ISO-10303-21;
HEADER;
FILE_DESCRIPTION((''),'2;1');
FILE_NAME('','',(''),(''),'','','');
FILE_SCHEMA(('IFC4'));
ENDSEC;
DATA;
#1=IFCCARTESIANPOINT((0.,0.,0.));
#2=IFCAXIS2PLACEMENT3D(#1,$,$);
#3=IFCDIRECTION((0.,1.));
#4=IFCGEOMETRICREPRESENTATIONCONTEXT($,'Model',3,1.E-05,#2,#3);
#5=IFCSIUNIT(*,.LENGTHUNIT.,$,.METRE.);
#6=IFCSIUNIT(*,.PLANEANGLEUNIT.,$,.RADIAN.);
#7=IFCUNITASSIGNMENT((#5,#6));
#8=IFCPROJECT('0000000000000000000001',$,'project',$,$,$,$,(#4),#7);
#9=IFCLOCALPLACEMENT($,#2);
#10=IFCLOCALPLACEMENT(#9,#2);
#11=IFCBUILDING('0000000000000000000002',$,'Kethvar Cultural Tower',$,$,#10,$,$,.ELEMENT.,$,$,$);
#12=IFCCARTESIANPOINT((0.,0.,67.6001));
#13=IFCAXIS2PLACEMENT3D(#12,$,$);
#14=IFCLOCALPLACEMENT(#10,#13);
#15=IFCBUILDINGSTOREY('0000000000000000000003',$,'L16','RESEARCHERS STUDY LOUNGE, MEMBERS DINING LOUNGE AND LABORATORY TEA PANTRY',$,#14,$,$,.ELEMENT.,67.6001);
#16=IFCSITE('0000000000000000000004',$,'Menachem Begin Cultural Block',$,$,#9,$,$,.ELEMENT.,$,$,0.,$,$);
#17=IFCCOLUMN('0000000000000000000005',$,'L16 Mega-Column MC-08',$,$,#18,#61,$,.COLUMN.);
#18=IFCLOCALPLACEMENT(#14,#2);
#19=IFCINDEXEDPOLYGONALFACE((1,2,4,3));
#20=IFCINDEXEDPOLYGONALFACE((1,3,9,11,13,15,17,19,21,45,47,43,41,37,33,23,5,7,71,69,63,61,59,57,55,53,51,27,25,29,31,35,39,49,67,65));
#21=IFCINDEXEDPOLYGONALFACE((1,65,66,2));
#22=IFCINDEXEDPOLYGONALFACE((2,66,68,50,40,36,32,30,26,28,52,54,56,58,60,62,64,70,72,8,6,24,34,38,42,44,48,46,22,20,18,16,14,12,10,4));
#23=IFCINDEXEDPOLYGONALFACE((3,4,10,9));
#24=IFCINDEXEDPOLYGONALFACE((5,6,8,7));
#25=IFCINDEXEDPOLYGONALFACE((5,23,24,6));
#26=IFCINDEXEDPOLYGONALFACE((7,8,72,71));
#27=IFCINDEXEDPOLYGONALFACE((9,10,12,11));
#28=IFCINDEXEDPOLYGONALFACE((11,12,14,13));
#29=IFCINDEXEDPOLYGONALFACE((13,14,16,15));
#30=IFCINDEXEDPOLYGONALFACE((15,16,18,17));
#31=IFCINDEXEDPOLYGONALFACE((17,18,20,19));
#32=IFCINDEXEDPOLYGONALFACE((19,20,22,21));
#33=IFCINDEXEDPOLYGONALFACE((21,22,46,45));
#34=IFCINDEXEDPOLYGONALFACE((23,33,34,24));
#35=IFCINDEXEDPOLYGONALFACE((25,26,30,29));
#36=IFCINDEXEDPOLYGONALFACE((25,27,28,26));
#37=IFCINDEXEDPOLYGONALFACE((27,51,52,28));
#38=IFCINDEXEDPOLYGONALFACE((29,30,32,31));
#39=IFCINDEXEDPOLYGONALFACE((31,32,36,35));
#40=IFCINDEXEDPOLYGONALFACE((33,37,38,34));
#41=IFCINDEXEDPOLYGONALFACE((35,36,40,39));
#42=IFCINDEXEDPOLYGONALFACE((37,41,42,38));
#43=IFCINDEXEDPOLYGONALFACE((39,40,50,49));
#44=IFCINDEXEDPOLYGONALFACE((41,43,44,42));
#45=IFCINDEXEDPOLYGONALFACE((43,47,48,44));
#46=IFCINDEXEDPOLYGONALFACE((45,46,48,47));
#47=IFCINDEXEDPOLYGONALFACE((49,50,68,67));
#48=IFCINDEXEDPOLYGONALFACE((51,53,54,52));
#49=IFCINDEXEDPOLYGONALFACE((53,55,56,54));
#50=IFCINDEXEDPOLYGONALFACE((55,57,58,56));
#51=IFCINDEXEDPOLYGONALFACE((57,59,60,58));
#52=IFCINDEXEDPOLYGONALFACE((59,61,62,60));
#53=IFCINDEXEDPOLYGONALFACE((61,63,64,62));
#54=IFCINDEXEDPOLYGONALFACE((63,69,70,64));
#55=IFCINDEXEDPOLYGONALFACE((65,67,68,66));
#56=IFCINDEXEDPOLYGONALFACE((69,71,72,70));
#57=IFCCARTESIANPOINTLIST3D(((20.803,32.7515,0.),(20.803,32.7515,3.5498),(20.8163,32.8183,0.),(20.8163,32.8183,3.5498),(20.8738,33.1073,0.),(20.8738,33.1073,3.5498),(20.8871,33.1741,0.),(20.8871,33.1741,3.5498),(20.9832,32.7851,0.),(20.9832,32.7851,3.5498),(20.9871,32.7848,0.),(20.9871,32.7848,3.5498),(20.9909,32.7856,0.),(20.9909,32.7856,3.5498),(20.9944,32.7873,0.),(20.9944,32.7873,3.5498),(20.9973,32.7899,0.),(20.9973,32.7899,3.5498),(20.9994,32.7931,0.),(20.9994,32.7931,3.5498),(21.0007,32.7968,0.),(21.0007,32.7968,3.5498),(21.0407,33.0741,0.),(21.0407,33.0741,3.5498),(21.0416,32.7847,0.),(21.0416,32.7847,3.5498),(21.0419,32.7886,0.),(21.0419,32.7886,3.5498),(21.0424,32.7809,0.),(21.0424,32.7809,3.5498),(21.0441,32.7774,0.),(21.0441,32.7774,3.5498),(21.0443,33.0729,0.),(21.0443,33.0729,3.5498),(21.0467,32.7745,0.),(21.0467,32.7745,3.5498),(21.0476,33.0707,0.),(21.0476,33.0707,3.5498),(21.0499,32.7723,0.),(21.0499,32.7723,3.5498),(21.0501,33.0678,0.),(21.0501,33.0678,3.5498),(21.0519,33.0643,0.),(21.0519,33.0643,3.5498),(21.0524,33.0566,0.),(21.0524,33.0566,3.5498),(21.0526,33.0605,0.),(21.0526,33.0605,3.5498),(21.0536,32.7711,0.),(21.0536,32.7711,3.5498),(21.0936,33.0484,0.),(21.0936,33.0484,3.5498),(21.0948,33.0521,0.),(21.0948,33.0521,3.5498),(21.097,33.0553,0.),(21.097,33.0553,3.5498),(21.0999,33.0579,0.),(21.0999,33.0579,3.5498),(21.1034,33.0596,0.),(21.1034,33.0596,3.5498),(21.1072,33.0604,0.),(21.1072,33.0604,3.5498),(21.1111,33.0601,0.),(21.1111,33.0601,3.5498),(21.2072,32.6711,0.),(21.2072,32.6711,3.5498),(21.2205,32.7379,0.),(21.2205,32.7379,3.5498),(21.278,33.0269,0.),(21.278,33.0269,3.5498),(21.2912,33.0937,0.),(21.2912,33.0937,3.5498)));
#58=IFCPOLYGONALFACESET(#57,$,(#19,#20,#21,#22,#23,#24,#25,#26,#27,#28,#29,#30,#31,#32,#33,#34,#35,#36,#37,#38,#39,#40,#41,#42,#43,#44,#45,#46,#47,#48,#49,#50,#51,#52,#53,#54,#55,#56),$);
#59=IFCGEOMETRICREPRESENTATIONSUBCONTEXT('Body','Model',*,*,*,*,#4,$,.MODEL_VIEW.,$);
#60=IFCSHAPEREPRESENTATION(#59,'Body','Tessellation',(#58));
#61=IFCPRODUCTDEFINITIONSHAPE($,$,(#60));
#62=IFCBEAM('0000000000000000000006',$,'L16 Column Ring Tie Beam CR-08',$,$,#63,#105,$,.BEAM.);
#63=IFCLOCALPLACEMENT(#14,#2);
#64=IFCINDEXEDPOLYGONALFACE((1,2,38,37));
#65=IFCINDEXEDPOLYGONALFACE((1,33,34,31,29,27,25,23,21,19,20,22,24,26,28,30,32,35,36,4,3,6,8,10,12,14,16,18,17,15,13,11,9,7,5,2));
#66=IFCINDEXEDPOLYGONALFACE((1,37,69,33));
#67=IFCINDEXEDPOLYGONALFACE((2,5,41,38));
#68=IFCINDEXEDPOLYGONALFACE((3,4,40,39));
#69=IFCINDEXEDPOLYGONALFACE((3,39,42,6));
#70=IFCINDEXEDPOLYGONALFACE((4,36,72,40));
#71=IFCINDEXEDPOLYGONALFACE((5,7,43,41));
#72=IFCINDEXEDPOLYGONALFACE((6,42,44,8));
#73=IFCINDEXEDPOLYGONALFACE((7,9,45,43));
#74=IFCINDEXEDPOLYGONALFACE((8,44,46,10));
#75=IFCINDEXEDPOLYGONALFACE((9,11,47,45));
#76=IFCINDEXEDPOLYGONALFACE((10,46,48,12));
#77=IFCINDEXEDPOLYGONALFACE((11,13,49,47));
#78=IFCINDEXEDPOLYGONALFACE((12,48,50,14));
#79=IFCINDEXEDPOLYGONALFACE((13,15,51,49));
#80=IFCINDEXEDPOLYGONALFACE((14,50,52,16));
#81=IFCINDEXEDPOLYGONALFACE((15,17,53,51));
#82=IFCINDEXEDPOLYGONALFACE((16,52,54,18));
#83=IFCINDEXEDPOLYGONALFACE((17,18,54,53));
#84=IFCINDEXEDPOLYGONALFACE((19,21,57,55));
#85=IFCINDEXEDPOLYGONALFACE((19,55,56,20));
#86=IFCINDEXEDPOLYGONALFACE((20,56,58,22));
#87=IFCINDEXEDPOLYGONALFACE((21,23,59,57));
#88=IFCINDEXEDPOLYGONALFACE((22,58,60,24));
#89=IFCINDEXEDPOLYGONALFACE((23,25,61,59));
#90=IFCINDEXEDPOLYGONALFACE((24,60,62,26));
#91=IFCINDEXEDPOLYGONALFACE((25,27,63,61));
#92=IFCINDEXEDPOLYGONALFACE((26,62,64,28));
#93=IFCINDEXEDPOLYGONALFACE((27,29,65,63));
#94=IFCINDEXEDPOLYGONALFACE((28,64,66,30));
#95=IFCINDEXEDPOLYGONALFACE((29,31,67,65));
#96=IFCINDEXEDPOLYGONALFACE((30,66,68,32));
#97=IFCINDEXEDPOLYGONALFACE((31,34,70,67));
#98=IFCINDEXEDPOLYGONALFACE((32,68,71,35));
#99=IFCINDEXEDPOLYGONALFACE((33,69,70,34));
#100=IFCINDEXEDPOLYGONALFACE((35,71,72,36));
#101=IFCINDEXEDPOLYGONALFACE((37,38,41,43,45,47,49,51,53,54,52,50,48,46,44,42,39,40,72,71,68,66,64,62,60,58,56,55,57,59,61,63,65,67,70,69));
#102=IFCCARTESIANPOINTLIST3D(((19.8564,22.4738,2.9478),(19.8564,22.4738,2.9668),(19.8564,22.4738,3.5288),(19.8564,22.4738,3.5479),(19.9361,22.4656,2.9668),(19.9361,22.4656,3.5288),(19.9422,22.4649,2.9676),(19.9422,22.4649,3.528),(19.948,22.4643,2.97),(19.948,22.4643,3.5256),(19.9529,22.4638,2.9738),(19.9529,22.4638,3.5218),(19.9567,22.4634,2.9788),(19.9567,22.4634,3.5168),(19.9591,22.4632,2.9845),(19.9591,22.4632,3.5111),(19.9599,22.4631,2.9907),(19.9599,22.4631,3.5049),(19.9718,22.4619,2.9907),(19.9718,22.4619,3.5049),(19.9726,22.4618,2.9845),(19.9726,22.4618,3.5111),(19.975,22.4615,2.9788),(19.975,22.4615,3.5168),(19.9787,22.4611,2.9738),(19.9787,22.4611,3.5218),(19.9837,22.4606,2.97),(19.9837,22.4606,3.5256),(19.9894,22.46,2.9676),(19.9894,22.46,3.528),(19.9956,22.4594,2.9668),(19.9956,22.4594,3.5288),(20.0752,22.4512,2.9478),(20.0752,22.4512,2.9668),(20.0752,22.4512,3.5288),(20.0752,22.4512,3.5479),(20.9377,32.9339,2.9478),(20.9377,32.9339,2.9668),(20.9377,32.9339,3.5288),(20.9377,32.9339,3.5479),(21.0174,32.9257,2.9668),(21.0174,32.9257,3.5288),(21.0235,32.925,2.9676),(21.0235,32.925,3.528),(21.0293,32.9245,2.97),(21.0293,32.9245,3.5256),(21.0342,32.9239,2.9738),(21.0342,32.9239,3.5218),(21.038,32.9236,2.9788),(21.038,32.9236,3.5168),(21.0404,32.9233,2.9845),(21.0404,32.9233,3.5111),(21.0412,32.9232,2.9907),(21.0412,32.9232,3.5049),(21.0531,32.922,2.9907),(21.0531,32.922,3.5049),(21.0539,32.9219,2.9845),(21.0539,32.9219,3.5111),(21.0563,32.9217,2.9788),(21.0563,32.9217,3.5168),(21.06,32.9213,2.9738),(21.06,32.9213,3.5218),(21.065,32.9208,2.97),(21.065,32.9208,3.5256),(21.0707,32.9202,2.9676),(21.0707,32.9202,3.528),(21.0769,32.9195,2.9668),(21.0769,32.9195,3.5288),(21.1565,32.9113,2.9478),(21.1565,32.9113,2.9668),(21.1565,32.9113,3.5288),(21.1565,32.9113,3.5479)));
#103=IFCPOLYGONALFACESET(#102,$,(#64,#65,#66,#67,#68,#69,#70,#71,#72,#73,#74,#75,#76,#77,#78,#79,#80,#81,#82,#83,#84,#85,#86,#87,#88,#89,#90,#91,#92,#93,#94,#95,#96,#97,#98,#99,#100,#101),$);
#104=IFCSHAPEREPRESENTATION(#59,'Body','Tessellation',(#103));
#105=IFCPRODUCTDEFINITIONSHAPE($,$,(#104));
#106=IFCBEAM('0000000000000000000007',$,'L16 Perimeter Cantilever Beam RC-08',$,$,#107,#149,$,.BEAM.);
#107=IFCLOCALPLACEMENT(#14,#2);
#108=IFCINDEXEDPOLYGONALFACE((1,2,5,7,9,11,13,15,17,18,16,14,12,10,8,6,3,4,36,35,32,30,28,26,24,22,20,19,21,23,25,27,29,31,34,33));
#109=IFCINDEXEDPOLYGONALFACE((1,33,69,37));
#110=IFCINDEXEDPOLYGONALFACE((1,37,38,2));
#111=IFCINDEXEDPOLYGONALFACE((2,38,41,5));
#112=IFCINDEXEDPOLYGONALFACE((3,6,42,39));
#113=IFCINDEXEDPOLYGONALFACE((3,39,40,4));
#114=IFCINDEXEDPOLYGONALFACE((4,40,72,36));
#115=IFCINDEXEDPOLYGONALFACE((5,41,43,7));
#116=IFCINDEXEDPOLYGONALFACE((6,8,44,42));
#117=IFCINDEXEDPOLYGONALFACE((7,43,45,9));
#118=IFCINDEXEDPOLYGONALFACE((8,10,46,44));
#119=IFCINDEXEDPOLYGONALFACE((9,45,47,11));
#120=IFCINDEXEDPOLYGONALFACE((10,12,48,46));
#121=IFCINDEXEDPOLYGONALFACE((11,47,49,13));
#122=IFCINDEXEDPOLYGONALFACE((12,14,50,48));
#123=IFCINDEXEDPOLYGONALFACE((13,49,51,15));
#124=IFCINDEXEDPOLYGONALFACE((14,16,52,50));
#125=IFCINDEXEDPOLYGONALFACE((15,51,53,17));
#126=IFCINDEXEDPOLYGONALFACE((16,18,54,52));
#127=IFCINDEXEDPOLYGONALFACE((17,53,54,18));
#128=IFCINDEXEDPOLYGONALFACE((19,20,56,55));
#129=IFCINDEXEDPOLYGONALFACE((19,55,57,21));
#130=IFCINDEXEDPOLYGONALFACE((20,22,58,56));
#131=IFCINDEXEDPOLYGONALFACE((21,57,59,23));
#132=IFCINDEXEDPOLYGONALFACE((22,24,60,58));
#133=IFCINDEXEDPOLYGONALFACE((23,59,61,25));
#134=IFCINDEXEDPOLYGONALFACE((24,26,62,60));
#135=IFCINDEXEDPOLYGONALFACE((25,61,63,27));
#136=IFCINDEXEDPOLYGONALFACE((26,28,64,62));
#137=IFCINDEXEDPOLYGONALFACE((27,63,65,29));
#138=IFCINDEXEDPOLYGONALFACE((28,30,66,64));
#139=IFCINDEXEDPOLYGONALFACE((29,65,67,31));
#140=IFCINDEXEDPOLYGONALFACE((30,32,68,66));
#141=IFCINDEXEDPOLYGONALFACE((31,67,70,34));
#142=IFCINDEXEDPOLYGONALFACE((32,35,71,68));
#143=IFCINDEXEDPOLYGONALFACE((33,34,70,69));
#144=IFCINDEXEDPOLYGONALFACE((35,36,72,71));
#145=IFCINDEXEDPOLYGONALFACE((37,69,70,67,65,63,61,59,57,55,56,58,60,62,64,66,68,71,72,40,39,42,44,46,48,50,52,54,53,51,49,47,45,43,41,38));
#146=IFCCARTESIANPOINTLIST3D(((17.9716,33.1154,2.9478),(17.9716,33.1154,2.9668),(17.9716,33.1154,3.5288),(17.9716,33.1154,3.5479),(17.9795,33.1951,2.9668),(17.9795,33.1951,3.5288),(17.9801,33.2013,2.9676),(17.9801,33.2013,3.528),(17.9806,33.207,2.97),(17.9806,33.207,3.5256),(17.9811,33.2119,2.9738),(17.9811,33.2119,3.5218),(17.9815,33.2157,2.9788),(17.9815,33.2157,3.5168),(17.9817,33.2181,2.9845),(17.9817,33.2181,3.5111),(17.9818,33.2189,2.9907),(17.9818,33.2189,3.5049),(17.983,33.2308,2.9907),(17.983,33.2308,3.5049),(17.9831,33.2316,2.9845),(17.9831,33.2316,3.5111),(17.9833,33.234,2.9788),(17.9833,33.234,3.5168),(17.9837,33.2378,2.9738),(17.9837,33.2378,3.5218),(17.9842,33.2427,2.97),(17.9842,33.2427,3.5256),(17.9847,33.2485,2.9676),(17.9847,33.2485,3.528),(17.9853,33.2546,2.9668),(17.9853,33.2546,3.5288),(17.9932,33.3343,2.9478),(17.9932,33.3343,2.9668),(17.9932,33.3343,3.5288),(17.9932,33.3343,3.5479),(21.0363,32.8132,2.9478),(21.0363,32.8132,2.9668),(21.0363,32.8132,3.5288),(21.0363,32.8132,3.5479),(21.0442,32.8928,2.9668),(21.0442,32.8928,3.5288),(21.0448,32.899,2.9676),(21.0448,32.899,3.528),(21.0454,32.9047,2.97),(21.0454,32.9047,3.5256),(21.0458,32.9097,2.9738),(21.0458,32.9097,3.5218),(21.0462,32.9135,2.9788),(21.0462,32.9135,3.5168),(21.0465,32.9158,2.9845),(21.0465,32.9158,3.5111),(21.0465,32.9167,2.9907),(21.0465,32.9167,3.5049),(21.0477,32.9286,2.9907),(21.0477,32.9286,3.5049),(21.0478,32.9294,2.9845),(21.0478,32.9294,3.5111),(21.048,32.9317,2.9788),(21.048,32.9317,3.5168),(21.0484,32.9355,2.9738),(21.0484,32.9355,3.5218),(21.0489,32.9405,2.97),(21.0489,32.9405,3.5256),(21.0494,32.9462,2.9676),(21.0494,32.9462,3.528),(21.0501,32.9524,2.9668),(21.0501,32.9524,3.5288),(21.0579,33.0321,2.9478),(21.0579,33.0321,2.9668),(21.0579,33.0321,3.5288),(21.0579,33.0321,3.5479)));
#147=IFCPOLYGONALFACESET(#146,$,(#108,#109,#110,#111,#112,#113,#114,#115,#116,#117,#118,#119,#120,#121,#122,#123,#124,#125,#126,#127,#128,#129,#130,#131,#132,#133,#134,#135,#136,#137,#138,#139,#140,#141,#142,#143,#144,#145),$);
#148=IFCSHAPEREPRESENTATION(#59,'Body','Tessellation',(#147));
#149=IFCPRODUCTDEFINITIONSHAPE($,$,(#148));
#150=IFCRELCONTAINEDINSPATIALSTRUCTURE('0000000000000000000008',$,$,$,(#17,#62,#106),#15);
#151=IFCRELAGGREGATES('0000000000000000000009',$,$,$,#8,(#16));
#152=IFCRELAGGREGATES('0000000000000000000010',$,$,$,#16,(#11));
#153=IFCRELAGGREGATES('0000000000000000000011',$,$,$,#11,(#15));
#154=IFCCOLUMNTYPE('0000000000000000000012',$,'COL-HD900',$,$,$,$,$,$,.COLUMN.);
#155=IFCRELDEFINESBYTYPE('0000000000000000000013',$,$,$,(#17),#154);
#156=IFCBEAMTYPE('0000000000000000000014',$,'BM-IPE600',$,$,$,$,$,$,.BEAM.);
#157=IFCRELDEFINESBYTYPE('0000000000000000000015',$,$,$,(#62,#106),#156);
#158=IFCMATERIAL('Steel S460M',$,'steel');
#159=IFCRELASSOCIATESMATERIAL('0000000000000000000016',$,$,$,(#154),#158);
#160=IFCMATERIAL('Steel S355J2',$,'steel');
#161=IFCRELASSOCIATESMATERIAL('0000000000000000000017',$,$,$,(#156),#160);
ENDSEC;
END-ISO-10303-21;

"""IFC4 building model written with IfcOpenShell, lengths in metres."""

from ifc_helpers import new_model, si_unit, direction, frame, origin, origin_2d, place, context, subcontext, project, spatial, i_section, extrude, source, transform, mapped, material, material_profile, profile_set, type_object, element, save


model = new_model("IFC4")

# Units and contexts
model_context = context("Model", 3, precision=1e-05, world=origin(), true_north=direction((0.0, 1.0)))
body_context = subcontext(model_context, "Body", "Model", "MODEL_VIEW")
ifc_project = project(units=[si_unit("LENGTHUNIT", "METRE"), si_unit("PLANEANGLEUNIT", "RADIAN")], contexts=[model_context])

# Site, building, storey
site_placement = place(None, origin())
site = spatial("IfcSite", under=ifc_project, at=site_placement, Name="Menachem Begin Cultural Block", CompositionType="ELEMENT", RefElevation=0.0)
building_placement = place(site_placement, origin())
building = spatial("IfcBuilding", under=site, at=building_placement, Name="Kethvar Cultural Tower", CompositionType="ELEMENT")
storey_placement = place(building_placement, frame((0.0, 0.0, 67.6001)))
storey = spatial("IfcBuildingStorey", under=building, at=storey_placement, Name="L16", Description="RESEARCHERS STUDY LOUNGE, MEMBERS DINING LOUNGE AND LABORATORY TEA PANTRY", CompositionType="ELEMENT", Elevation=67.6001)

# Column
ifc_material_1 = material(Name="Steel S460M", Category="steel")
ifc_material_profile_1 = material_profile(ifc_material_1, i_section(OverallWidth=0.4121, OverallDepth=0.4309, WebThickness=0.042, FlangeThickness=0.0681, FilletRadius=0.0149, at=origin_2d()), Name="Steel S460M — HD400x900")
ifc_profile_set_1 = profile_set([ifc_material_profile_1], Name="Steel S460M — HD400x900")
column_type = type_object("IfcColumnType", Name="COL-HD900", PredefinedType="COLUMN", material=ifc_profile_set_1)
shared_shape_1 = source(origin(), body_context, "Body", "SweptSolid", [
    extrude(i_section(OverallWidth=0.4121, OverallDepth=0.4309, WebThickness=0.042, FlangeThickness=0.0681, FilletRadius=0.0149, at=origin_2d()), origin(), (0.0, 0.0, 1.0), 3.5498),
])
column_placement = place(storey_placement, frame((21.0471, 32.9226, 0.0), z_axis=(0.0, 0.0, 1.0), x_axis=(-0.980785, 0.19509, 0.0)))
element("IfcColumn", 1, at=column_placement, inside=storey, type_object=column_type, Name="L16 Mega-Column MC-08", PredefinedType="COLUMN", context=body_context, shape_type="MappedRepresentation", body=[
    mapped(shared_shape_1, transform((0.0, 0.0, 0.0), scale=1.0)),
])

# Beams
ifc_material_2 = material(Name="Steel S355J2", Category="steel")
ifc_material_profile_2 = material_profile(ifc_material_2, i_section(OverallWidth=0.22, OverallDepth=0.6001, WebThickness=0.012, FlangeThickness=0.019, FilletRadius=0.0239, at=origin_2d()), Name="Steel S355J2 — IPE600")
ifc_profile_set_2 = profile_set([ifc_material_profile_2], Name="Steel S355J2 — IPE600")
beam_type_1 = type_object("IfcBeamType", Name="BM-IPE600", PredefinedType="BEAM", material=ifc_profile_set_2)
shared_shape_2 = source(origin(), body_context, "Body", "SweptSolid", [
    extrude(i_section(OverallWidth=0.22, OverallDepth=0.6001, WebThickness=0.012, FlangeThickness=0.019, FilletRadius=0.0239, at=origin_2d()), origin(), (0.0, 0.0, 1.0), 10.5159),
])
beam_1_placement = place(storey_placement, frame((21.0471, 32.9226, 3.2478), z_axis=(-0.102825, -0.994699, 0.0), x_axis=(0.994699, -0.102825, 0.0)))
element("IfcBeam", 2, at=beam_1_placement, inside=storey, type_object=beam_type_1, Name="L16 Column Ring Tie Beam CR-08", PredefinedType="BEAM", context=body_context, shape_type="MappedRepresentation", body=[
    mapped(shared_shape_2, transform((0.0, 0.0, 0.0), scale=1.0)),
])
shared_shape_3 = source(origin(), body_context, "Body", "SweptSolid", [
    extrude(i_section(OverallWidth=0.22, OverallDepth=0.6001, WebThickness=0.012, FlangeThickness=0.019, FilletRadius=0.0239, at=origin_2d()), origin(), (0.0, 0.0, 1.0), 3.0796),
])
beam_2_placement = place(storey_placement, frame((21.0471, 32.9226, 3.2478), z_axis=(-0.995172, 0.098146, 0.0), x_axis=(-0.098146, -0.995172, 0.0)))
element("IfcBeam", 3, at=beam_2_placement, inside=storey, type_object=beam_type_1, Name="L16 Perimeter Cantilever Beam RC-08", PredefinedType="BEAM", context=body_context, shape_type="MappedRepresentation", body=[
    mapped(shared_shape_3, transform((0.0, 0.0, 0.0), scale=1.0)),
])

save(model, "model.ifc")
